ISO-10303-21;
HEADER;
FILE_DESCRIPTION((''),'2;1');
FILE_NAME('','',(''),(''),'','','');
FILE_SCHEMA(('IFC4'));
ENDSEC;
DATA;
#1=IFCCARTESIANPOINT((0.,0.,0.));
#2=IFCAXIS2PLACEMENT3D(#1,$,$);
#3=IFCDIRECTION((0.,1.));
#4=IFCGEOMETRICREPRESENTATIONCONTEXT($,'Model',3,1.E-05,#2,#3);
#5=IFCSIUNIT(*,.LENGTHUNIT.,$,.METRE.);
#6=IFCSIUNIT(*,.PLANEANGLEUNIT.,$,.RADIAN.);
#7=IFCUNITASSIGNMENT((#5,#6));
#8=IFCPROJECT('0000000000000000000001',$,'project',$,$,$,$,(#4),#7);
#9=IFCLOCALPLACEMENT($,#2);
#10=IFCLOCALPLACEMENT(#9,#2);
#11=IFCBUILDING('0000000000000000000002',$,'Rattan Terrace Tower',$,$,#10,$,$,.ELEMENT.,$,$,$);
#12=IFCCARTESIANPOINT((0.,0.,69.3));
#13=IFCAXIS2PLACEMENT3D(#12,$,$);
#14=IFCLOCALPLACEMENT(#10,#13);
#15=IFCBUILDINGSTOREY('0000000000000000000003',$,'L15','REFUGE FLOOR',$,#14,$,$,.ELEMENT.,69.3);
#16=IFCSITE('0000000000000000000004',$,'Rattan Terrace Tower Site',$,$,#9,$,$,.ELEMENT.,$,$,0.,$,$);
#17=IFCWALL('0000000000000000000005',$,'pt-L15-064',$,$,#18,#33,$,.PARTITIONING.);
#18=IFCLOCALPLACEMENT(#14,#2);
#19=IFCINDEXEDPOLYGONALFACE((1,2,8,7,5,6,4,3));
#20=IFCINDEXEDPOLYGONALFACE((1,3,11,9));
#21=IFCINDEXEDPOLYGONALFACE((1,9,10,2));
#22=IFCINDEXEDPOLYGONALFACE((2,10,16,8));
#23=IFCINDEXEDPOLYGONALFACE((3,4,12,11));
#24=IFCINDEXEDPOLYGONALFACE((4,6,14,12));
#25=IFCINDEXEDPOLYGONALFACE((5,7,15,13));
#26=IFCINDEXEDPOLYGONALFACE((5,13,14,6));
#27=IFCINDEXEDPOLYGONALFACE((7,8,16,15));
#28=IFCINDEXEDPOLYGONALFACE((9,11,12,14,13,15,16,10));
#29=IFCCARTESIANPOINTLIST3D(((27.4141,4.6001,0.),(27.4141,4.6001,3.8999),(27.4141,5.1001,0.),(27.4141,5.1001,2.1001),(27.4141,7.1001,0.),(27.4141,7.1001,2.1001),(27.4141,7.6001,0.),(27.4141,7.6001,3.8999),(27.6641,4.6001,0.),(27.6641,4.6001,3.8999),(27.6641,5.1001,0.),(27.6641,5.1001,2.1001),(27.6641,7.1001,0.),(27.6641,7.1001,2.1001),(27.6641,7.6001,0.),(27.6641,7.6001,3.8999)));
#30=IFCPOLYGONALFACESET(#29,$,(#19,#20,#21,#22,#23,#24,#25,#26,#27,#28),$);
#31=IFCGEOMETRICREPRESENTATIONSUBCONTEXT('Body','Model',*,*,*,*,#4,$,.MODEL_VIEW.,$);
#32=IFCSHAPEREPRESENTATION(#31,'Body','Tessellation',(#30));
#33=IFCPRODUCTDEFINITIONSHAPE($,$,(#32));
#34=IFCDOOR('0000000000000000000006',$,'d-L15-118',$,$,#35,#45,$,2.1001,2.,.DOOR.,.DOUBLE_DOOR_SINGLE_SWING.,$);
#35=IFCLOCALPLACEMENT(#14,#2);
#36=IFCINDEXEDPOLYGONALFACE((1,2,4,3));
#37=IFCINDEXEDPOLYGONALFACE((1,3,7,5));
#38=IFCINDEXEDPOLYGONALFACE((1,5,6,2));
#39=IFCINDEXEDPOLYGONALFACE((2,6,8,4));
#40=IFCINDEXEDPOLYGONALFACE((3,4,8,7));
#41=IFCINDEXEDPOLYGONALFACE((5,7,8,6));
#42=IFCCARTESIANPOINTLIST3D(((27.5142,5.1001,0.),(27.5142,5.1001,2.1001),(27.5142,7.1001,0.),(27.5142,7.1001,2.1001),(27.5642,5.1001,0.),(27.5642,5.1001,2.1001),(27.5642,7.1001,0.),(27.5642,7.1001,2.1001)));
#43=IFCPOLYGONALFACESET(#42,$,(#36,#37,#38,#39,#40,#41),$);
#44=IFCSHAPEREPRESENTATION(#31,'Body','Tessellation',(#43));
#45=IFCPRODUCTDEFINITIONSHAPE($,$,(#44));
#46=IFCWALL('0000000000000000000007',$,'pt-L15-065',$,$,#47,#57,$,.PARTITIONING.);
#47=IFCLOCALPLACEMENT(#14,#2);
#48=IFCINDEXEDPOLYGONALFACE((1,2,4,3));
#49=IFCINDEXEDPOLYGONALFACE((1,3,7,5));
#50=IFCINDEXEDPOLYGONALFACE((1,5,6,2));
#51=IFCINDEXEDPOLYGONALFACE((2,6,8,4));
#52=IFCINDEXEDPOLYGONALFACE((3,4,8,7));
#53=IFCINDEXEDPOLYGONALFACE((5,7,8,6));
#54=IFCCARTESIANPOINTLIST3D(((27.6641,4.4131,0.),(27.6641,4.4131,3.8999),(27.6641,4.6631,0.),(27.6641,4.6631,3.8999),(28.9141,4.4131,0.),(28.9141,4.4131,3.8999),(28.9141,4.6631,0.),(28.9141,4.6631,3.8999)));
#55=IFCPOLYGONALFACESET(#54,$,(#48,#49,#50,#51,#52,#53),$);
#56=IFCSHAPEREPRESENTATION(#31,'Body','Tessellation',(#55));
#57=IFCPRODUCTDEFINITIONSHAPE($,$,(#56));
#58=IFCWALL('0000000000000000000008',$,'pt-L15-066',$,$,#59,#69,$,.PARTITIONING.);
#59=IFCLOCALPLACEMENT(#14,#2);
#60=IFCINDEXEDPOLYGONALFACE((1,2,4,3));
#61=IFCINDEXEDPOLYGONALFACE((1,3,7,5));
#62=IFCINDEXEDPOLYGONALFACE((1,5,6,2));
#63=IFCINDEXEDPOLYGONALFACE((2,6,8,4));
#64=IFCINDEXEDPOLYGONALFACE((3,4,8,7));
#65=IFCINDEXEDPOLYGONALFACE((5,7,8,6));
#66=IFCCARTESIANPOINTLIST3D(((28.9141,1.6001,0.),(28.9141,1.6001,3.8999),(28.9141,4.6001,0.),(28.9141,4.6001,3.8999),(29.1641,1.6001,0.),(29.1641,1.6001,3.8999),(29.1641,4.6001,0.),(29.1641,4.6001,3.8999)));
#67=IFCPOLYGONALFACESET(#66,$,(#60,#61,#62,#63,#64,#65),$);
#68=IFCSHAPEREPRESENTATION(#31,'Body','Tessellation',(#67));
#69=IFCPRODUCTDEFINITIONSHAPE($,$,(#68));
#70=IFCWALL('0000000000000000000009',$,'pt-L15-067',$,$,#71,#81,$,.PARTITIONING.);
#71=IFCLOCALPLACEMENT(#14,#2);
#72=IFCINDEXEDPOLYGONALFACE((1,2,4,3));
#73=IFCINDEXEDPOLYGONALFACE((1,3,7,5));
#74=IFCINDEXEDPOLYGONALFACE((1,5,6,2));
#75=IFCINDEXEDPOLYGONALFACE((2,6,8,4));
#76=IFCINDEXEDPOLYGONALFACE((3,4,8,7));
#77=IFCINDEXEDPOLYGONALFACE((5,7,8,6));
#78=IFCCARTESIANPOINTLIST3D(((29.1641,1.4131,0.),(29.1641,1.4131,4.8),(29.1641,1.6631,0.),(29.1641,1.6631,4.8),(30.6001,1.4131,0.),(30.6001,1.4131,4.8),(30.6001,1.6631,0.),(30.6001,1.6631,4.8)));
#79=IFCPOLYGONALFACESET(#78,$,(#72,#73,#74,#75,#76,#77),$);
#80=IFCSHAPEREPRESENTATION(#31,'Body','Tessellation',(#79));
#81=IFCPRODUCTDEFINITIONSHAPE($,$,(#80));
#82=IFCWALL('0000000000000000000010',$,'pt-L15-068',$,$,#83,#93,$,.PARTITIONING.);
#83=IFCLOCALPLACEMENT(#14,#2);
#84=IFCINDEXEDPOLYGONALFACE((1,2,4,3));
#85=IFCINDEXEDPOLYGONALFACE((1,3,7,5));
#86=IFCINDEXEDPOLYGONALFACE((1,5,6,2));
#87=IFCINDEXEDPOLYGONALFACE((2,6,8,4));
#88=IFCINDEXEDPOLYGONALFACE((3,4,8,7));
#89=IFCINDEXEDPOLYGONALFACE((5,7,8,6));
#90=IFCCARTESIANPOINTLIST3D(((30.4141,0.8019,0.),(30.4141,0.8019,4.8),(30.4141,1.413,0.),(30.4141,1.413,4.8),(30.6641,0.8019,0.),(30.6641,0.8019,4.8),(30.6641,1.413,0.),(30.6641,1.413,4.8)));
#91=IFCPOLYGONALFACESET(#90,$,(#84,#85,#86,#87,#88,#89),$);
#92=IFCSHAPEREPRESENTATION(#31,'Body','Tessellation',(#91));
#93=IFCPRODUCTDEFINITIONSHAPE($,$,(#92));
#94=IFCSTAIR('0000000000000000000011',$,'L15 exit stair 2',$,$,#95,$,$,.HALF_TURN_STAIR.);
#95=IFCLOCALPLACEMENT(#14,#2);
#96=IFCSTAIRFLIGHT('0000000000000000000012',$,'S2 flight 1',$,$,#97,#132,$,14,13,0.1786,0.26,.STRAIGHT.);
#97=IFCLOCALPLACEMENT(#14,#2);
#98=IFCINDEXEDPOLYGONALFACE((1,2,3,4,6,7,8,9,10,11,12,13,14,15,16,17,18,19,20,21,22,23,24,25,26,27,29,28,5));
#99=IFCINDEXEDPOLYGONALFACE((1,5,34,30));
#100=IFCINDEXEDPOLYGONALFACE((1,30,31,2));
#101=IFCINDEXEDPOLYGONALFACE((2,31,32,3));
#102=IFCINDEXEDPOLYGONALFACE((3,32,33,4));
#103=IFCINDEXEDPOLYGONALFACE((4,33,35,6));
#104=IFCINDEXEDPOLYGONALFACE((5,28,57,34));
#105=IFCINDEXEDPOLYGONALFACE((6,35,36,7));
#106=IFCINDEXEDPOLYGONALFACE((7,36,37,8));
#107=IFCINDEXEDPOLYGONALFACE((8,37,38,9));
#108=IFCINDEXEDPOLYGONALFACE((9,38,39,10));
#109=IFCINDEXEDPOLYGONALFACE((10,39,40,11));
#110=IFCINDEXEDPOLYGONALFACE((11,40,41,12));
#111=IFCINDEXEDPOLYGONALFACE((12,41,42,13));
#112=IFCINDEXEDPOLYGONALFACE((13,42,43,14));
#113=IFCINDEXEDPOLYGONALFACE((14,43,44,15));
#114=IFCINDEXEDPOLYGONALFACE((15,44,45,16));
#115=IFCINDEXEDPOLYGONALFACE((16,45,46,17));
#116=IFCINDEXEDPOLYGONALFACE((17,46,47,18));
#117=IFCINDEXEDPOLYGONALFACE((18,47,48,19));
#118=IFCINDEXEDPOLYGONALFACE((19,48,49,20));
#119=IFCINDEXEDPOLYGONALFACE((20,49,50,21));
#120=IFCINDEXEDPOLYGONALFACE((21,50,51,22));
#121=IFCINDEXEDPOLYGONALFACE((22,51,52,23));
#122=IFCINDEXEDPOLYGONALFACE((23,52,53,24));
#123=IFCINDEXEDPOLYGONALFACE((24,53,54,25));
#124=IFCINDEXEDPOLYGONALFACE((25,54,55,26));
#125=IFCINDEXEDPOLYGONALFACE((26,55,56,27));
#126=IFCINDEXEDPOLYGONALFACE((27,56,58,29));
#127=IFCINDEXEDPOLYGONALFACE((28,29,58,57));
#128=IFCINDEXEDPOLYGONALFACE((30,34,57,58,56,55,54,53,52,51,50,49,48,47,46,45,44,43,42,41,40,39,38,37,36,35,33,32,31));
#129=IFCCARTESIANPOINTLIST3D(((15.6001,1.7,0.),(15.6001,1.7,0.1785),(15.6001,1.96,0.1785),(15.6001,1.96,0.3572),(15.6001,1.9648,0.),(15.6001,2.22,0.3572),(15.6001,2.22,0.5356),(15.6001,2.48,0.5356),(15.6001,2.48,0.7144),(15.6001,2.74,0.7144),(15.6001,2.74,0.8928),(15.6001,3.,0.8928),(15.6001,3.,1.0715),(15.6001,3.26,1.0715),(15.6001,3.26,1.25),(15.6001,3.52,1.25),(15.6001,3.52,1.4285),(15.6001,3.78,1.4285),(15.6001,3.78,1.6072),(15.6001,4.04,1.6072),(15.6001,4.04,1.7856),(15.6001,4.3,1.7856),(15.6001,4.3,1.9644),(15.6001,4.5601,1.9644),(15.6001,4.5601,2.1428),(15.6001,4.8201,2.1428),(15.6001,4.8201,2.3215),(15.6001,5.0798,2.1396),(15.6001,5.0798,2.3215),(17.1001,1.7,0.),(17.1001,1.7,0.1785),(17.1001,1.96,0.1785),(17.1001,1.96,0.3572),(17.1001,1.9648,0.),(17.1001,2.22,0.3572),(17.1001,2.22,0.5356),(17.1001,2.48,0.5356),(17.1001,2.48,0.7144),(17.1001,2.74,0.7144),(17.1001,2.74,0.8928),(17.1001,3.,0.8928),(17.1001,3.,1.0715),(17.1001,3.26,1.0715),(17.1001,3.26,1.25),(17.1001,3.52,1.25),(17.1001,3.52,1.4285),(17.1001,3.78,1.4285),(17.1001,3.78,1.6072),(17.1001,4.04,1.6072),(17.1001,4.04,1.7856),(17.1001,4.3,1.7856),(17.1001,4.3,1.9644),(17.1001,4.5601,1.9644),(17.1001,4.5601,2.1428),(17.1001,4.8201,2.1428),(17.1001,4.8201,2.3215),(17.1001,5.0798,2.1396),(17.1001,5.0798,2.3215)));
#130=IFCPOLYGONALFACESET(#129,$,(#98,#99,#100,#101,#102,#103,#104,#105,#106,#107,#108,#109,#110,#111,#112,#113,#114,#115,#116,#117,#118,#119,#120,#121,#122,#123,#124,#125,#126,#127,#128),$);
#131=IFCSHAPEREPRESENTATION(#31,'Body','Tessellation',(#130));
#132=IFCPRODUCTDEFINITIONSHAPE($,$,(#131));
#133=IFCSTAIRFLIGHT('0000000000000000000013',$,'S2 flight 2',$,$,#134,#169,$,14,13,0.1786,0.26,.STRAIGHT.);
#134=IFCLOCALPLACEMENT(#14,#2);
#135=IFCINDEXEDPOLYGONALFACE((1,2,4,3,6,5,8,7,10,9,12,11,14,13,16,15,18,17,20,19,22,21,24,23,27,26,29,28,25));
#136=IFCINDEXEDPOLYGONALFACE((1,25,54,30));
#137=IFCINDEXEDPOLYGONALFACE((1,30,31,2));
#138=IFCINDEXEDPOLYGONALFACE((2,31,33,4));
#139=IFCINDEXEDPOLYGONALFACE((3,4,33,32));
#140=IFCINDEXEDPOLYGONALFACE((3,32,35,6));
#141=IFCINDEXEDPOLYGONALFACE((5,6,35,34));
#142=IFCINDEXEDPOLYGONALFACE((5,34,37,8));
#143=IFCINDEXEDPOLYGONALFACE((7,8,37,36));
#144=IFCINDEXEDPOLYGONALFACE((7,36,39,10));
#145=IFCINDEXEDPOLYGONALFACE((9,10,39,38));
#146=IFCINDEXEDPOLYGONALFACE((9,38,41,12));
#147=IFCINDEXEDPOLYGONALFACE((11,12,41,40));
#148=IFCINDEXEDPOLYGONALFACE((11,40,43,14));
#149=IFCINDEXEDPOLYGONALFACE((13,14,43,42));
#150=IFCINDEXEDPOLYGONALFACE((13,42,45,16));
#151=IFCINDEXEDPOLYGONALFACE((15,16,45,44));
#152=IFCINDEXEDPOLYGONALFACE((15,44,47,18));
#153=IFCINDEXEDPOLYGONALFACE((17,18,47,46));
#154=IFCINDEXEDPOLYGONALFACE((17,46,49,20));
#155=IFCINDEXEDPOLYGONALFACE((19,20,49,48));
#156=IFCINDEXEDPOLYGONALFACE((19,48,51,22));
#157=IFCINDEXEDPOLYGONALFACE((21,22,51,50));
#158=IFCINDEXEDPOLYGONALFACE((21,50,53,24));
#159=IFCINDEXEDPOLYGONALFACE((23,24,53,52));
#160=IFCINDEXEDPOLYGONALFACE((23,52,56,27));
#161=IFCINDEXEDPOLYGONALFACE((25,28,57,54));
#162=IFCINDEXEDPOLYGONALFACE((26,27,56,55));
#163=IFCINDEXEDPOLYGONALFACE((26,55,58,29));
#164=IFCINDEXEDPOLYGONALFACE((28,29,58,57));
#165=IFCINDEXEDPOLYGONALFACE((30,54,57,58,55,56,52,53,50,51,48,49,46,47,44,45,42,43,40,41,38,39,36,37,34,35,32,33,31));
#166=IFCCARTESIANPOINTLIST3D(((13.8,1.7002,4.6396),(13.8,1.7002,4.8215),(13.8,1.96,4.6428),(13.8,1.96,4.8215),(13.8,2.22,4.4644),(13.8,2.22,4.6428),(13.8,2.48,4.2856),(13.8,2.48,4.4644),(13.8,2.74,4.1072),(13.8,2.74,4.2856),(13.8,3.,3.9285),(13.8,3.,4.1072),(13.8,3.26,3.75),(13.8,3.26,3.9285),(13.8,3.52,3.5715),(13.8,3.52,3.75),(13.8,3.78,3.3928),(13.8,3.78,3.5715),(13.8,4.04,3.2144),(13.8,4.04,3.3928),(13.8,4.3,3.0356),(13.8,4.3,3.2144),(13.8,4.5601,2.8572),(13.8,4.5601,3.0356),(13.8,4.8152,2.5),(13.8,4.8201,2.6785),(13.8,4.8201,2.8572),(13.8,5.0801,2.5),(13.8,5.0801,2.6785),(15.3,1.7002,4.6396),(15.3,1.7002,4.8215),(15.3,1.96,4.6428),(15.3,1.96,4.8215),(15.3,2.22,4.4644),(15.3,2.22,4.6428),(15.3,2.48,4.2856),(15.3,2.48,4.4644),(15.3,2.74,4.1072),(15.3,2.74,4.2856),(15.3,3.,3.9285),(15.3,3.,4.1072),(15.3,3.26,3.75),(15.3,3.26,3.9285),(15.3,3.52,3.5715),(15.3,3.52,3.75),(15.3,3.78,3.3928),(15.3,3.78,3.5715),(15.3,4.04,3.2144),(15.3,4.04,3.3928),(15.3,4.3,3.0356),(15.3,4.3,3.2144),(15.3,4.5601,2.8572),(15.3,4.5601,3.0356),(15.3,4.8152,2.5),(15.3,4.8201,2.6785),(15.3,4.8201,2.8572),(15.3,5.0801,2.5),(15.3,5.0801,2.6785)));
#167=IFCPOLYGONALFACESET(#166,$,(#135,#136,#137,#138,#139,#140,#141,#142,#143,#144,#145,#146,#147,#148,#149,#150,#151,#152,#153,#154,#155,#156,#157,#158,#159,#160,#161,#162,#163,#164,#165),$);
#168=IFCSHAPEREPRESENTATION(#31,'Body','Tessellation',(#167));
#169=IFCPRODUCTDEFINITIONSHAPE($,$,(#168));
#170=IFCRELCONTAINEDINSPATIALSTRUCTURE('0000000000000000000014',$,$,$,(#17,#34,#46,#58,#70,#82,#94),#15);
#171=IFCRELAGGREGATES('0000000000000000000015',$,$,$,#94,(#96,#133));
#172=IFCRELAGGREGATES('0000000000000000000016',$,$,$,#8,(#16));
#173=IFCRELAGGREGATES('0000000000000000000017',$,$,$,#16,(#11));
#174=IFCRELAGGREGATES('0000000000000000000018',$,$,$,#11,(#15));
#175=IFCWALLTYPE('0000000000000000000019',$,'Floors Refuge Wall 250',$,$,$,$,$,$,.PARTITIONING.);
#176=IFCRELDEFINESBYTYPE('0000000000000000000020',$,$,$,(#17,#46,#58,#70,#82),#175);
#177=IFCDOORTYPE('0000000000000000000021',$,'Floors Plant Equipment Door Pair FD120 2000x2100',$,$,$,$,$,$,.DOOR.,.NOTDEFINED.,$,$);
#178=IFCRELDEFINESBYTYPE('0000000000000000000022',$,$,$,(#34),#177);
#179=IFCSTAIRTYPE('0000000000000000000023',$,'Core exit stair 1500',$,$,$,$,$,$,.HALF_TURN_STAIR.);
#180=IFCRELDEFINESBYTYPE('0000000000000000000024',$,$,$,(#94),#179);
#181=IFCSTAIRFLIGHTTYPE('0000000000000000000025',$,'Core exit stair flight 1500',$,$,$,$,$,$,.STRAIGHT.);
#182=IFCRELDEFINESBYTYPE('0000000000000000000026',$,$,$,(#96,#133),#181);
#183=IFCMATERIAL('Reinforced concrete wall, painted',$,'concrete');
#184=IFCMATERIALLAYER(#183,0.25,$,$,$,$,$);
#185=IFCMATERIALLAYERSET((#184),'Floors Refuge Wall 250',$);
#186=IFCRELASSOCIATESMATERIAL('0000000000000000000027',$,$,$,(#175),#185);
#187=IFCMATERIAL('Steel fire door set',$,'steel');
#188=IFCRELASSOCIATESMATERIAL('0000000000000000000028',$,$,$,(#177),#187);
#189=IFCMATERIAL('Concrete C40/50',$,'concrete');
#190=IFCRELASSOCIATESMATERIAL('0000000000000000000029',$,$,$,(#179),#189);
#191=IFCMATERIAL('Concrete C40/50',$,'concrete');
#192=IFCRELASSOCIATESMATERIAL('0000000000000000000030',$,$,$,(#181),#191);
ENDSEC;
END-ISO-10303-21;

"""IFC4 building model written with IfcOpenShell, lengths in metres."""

from ifc_helpers import new_model, si_unit, direction, frame, frame_2d, origin, place, context, subcontext, project, spatial, polyline, rectangle, outline, extrude, material, layer, layer_set, type_object, element, fill, aggregate, save


model = new_model("IFC4")

# Units and contexts
model_context = context("Model", 3, precision=1e-05, world=origin(), true_north=direction((0.0, 1.0)))
body_context = subcontext(model_context, "Body", "Model", "MODEL_VIEW")
ifc_project = project(units=[si_unit("LENGTHUNIT", "METRE"), si_unit("PLANEANGLEUNIT", "RADIAN")], contexts=[model_context])

# Site, building, storey
site_placement = place(None, origin())
site = spatial("IfcSite", under=ifc_project, at=site_placement, Name="Rattan Terrace Tower Site", CompositionType="ELEMENT", RefElevation=0.0)
building_placement = place(site_placement, origin())
building = spatial("IfcBuilding", under=site, at=building_placement, Name="Rattan Terrace Tower", CompositionType="ELEMENT")
storey_placement = place(building_placement, frame((0.0, 0.0, 69.3)))
storey = spatial("IfcBuildingStorey", under=building, at=storey_placement, Name="L15", Description="REFUGE FLOOR", CompositionType="ELEMENT", Elevation=69.3)

# Shared definitions
ifc_material_1 = material(Name="Reinforced concrete wall, painted", Category="concrete")
ifc_layer_1 = layer(ifc_material_1, 0.25)
ifc_layer_set_1 = layer_set([ifc_layer_1], Name="Floors Refuge Wall 250")
wall_type_1 = type_object("IfcWallType", Name="Floors Refuge Wall 250", PredefinedType="PARTITIONING", material=ifc_layer_set_1)
ifc_material_2 = material(Name="Steel fire door set", Category="steel")
door_type_1 = type_object("IfcDoorType", Name="Floors Plant Equipment Door Pair FD120 2000x2100", OperationType="NOTDEFINED", PredefinedType="DOOR", material=ifc_material_2)

# Wall, opening, door
wall_1_placement = place(storey_placement, frame((27.5391, 4.6001, 0.0), z_axis=(0.0, 0.0, 1.0), x_axis=(0.0, 1.0, 0.0)))
wall_1 = element("IfcWall", 1, at=wall_1_placement, inside=storey, type_object=wall_type_1, Name="pt-L15-064", PredefinedType="PARTITIONING", context=body_context, shape_type="SweptSolid", body=[
    extrude(rectangle(XDim=3.0, YDim=0.25, at=frame_2d((1.5, 0.0))), origin(), (0.0, 0.0, 1.0), 3.8999),
])
opening_1_placement = place(wall_1_placement, frame((0.5, 0.0, 0.0)))
opening_1 = element("IfcOpeningElement", 2, at=opening_1_placement, cuts=wall_1, PredefinedType="OPENING", context=body_context, shape_type="SweptSolid", body=[
    extrude(rectangle(XDim=2.0, YDim=2.1001, at=frame_2d((1.0, 1.05))), frame((0.0, 0.1355, 0.0), z_axis=(0.0, -1.0, 0.0), x_axis=(1.0, 0.0, 0.0)), (0.0, 0.0, 1.0), 0.271),
])
door_1_placement = place(opening_1_placement, origin())
door_1 = element("IfcDoor", 3, at=door_1_placement, inside=storey, type_object=door_type_1, Name="d-L15-118", OperationType="DOUBLE_DOOR_SINGLE_SWING", OverallHeight=2.1001, OverallWidth=2.0, PredefinedType="DOOR", context=body_context, shape_type="SweptSolid", body=[
    extrude(rectangle(XDim=2.0, YDim=2.1001, at=frame_2d((1.0, 1.05))), frame((0.0, 0.0249, 0.0), z_axis=(0.0, -1.0, 0.0), x_axis=(1.0, 0.0, 0.0)), (0.0, 0.0, 1.0), 0.05),
])
fill(opening_1, door_1)

# Walls
wall_2_placement = place(storey_placement, frame((27.6641, 4.5381, 0.0), z_axis=(0.0, 0.0, 1.0), x_axis=(1.0, 0.0, 0.0)))
element("IfcWall", 4, at=wall_2_placement, inside=storey, type_object=wall_type_1, Name="pt-L15-065", PredefinedType="PARTITIONING", context=body_context, shape_type="SweptSolid", body=[
    extrude(rectangle(XDim=1.25, YDim=0.25, at=frame_2d((0.625, 0.0))), origin(), (0.0, 0.0, 1.0), 3.8999),
])
wall_3_placement = place(storey_placement, frame((29.0391, 4.6001, 0.0), z_axis=(0.0, 0.0, 1.0), x_axis=(0.0, -1.0, 0.0)))
element("IfcWall", 5, at=wall_3_placement, inside=storey, type_object=wall_type_1, Name="pt-L15-066", PredefinedType="PARTITIONING", context=body_context, shape_type="SweptSolid", body=[
    extrude(rectangle(XDim=3.0, YDim=0.25, at=frame_2d((1.5, 0.0))), origin(), (0.0, 0.0, 1.0), 3.8999),
])
wall_4_placement = place(storey_placement, frame((29.1641, 1.5381, 0.0), z_axis=(0.0, 0.0, 1.0), x_axis=(1.0, 0.0, 0.0)))
element("IfcWall", 6, at=wall_4_placement, inside=storey, type_object=wall_type_1, Name="pt-L15-067", PredefinedType="PARTITIONING", context=body_context, shape_type="SweptSolid", body=[
    extrude(rectangle(XDim=1.436, YDim=0.25, at=frame_2d((0.718, 0.0))), origin(), (0.0, 0.0, 1.0), 4.8),
])
wall_5_placement = place(storey_placement, frame((30.5391, 1.4131, 0.0), z_axis=(0.0, 0.0, 1.0), x_axis=(0.0, -1.0, 0.0)))
element("IfcWall", 7, at=wall_5_placement, inside=storey, type_object=wall_type_1, Name="pt-L15-068", PredefinedType="PARTITIONING", context=body_context, shape_type="SweptSolid", body=[
    extrude(rectangle(XDim=0.6111, YDim=0.25, at=frame_2d((0.3057, 0.0))), origin(), (0.0, 0.0, 1.0), 4.8),
])

# Stair, stair flights
ifc_material_3 = material(Name="Concrete C40/50", Category="concrete")
stair_type = type_object("IfcStairType", Name="Core exit stair 1500", PredefinedType="HALF_TURN_STAIR", material=ifc_material_3)
stair_placement = place(storey_placement, origin())
stair = element("IfcStair", 8, at=stair_placement, inside=storey, type_object=stair_type, Name="L15 exit stair 2", PredefinedType="HALF_TURN_STAIR")
ifc_material_4 = material(Name="Concrete C40/50", Category="concrete")
stair_flight_type = type_object("IfcStairFlightType", Name="Core exit stair flight 1500", PredefinedType="STRAIGHT", material=ifc_material_4)
stair_flight_1_placement = place(storey_placement, frame((16.3501, 1.7, 0.0), z_axis=(0.0, 0.0, 1.0), x_axis=(0.0, 1.0, 0.0)))
stair_flight_1 = element("IfcStairFlight", 9, at=stair_flight_1_placement, type_object=stair_flight_type, Name="S2 flight 1", NumberOfRisers=14, NumberOfTreads=13, PredefinedType="STRAIGHT", RiserHeight=0.1786, TreadLength=0.26, context=body_context, shape_type="SweptSolid", body=[
    extrude(outline(polyline([(0.0, 0.0), (0.0, 0.1785), (0.26, 0.1785), (0.26, 0.3572), (0.52, 0.3572), (0.52, 0.5356), (0.78, 0.5356), (0.78, 0.7144), (1.04, 0.7144), (1.04, 0.8928), (1.3, 0.8928), (1.3, 1.0715), (1.5601, 1.0715), (1.5601, 1.25), (1.8201, 1.25), (1.8201, 1.4285), (2.0801, 1.4285), (2.0801, 1.6072), (2.3401, 1.6072), (2.3401, 1.7856), (2.6001, 1.7856), (2.6001, 1.9644), (2.8601, 1.9644), (2.8601, 2.1428), (3.1201, 2.1428), (3.1201, 2.3215), (3.3799, 2.3215), (3.3799, 2.5), (3.3799, 2.1396), (0.2649, 0.0), (0.0, 0.0)])), frame((0.0, 0.75, 0.0), z_axis=(0.0, -1.0, 0.0), x_axis=(1.0, 0.0, 0.0)), (0.0, 0.0, 1.0), 1.5),
])
stair_flight_2_placement = place(storey_placement, frame((14.55, 5.0801, 2.5), z_axis=(0.0, 0.0, 1.0), x_axis=(0.0, -1.0, 0.0)))
stair_flight_2 = element("IfcStairFlight", 10, at=stair_flight_2_placement, type_object=stair_flight_type, Name="S2 flight 2", NumberOfRisers=14, NumberOfTreads=13, PredefinedType="STRAIGHT", RiserHeight=0.1786, TreadLength=0.26, context=body_context, shape_type="SweptSolid", body=[
    extrude(outline(polyline([(0.0, 0.0), (0.0, 0.1785), (0.26, 0.1785), (0.26, 0.3572), (0.52, 0.3572), (0.52, 0.5356), (0.78, 0.5356), (0.78, 0.7144), (1.04, 0.7144), (1.04, 0.8928), (1.3, 0.8928), (1.3, 1.0715), (1.5601, 1.0715), (1.5601, 1.25), (1.8201, 1.25), (1.8201, 1.4285), (2.0801, 1.4285), (2.0801, 1.6072), (2.3401, 1.6072), (2.3401, 1.7856), (2.6001, 1.7856), (2.6001, 1.9644), (2.8601, 1.9644), (2.8601, 2.1428), (3.1201, 2.1428), (3.1201, 2.3215), (3.3799, 2.3215), (3.3799, 2.5), (3.3799, 2.1396), (0.2649, 0.0), (0.0, 0.0)])), frame((0.0, 0.75, 0.0), z_axis=(0.0, -1.0, 0.0), x_axis=(1.0, 0.0, 0.0)), (0.0, 0.0, 1.0), 1.5),
])
aggregate(stair, [stair_flight_1, stair_flight_2])

save(model, "model.ifc")
